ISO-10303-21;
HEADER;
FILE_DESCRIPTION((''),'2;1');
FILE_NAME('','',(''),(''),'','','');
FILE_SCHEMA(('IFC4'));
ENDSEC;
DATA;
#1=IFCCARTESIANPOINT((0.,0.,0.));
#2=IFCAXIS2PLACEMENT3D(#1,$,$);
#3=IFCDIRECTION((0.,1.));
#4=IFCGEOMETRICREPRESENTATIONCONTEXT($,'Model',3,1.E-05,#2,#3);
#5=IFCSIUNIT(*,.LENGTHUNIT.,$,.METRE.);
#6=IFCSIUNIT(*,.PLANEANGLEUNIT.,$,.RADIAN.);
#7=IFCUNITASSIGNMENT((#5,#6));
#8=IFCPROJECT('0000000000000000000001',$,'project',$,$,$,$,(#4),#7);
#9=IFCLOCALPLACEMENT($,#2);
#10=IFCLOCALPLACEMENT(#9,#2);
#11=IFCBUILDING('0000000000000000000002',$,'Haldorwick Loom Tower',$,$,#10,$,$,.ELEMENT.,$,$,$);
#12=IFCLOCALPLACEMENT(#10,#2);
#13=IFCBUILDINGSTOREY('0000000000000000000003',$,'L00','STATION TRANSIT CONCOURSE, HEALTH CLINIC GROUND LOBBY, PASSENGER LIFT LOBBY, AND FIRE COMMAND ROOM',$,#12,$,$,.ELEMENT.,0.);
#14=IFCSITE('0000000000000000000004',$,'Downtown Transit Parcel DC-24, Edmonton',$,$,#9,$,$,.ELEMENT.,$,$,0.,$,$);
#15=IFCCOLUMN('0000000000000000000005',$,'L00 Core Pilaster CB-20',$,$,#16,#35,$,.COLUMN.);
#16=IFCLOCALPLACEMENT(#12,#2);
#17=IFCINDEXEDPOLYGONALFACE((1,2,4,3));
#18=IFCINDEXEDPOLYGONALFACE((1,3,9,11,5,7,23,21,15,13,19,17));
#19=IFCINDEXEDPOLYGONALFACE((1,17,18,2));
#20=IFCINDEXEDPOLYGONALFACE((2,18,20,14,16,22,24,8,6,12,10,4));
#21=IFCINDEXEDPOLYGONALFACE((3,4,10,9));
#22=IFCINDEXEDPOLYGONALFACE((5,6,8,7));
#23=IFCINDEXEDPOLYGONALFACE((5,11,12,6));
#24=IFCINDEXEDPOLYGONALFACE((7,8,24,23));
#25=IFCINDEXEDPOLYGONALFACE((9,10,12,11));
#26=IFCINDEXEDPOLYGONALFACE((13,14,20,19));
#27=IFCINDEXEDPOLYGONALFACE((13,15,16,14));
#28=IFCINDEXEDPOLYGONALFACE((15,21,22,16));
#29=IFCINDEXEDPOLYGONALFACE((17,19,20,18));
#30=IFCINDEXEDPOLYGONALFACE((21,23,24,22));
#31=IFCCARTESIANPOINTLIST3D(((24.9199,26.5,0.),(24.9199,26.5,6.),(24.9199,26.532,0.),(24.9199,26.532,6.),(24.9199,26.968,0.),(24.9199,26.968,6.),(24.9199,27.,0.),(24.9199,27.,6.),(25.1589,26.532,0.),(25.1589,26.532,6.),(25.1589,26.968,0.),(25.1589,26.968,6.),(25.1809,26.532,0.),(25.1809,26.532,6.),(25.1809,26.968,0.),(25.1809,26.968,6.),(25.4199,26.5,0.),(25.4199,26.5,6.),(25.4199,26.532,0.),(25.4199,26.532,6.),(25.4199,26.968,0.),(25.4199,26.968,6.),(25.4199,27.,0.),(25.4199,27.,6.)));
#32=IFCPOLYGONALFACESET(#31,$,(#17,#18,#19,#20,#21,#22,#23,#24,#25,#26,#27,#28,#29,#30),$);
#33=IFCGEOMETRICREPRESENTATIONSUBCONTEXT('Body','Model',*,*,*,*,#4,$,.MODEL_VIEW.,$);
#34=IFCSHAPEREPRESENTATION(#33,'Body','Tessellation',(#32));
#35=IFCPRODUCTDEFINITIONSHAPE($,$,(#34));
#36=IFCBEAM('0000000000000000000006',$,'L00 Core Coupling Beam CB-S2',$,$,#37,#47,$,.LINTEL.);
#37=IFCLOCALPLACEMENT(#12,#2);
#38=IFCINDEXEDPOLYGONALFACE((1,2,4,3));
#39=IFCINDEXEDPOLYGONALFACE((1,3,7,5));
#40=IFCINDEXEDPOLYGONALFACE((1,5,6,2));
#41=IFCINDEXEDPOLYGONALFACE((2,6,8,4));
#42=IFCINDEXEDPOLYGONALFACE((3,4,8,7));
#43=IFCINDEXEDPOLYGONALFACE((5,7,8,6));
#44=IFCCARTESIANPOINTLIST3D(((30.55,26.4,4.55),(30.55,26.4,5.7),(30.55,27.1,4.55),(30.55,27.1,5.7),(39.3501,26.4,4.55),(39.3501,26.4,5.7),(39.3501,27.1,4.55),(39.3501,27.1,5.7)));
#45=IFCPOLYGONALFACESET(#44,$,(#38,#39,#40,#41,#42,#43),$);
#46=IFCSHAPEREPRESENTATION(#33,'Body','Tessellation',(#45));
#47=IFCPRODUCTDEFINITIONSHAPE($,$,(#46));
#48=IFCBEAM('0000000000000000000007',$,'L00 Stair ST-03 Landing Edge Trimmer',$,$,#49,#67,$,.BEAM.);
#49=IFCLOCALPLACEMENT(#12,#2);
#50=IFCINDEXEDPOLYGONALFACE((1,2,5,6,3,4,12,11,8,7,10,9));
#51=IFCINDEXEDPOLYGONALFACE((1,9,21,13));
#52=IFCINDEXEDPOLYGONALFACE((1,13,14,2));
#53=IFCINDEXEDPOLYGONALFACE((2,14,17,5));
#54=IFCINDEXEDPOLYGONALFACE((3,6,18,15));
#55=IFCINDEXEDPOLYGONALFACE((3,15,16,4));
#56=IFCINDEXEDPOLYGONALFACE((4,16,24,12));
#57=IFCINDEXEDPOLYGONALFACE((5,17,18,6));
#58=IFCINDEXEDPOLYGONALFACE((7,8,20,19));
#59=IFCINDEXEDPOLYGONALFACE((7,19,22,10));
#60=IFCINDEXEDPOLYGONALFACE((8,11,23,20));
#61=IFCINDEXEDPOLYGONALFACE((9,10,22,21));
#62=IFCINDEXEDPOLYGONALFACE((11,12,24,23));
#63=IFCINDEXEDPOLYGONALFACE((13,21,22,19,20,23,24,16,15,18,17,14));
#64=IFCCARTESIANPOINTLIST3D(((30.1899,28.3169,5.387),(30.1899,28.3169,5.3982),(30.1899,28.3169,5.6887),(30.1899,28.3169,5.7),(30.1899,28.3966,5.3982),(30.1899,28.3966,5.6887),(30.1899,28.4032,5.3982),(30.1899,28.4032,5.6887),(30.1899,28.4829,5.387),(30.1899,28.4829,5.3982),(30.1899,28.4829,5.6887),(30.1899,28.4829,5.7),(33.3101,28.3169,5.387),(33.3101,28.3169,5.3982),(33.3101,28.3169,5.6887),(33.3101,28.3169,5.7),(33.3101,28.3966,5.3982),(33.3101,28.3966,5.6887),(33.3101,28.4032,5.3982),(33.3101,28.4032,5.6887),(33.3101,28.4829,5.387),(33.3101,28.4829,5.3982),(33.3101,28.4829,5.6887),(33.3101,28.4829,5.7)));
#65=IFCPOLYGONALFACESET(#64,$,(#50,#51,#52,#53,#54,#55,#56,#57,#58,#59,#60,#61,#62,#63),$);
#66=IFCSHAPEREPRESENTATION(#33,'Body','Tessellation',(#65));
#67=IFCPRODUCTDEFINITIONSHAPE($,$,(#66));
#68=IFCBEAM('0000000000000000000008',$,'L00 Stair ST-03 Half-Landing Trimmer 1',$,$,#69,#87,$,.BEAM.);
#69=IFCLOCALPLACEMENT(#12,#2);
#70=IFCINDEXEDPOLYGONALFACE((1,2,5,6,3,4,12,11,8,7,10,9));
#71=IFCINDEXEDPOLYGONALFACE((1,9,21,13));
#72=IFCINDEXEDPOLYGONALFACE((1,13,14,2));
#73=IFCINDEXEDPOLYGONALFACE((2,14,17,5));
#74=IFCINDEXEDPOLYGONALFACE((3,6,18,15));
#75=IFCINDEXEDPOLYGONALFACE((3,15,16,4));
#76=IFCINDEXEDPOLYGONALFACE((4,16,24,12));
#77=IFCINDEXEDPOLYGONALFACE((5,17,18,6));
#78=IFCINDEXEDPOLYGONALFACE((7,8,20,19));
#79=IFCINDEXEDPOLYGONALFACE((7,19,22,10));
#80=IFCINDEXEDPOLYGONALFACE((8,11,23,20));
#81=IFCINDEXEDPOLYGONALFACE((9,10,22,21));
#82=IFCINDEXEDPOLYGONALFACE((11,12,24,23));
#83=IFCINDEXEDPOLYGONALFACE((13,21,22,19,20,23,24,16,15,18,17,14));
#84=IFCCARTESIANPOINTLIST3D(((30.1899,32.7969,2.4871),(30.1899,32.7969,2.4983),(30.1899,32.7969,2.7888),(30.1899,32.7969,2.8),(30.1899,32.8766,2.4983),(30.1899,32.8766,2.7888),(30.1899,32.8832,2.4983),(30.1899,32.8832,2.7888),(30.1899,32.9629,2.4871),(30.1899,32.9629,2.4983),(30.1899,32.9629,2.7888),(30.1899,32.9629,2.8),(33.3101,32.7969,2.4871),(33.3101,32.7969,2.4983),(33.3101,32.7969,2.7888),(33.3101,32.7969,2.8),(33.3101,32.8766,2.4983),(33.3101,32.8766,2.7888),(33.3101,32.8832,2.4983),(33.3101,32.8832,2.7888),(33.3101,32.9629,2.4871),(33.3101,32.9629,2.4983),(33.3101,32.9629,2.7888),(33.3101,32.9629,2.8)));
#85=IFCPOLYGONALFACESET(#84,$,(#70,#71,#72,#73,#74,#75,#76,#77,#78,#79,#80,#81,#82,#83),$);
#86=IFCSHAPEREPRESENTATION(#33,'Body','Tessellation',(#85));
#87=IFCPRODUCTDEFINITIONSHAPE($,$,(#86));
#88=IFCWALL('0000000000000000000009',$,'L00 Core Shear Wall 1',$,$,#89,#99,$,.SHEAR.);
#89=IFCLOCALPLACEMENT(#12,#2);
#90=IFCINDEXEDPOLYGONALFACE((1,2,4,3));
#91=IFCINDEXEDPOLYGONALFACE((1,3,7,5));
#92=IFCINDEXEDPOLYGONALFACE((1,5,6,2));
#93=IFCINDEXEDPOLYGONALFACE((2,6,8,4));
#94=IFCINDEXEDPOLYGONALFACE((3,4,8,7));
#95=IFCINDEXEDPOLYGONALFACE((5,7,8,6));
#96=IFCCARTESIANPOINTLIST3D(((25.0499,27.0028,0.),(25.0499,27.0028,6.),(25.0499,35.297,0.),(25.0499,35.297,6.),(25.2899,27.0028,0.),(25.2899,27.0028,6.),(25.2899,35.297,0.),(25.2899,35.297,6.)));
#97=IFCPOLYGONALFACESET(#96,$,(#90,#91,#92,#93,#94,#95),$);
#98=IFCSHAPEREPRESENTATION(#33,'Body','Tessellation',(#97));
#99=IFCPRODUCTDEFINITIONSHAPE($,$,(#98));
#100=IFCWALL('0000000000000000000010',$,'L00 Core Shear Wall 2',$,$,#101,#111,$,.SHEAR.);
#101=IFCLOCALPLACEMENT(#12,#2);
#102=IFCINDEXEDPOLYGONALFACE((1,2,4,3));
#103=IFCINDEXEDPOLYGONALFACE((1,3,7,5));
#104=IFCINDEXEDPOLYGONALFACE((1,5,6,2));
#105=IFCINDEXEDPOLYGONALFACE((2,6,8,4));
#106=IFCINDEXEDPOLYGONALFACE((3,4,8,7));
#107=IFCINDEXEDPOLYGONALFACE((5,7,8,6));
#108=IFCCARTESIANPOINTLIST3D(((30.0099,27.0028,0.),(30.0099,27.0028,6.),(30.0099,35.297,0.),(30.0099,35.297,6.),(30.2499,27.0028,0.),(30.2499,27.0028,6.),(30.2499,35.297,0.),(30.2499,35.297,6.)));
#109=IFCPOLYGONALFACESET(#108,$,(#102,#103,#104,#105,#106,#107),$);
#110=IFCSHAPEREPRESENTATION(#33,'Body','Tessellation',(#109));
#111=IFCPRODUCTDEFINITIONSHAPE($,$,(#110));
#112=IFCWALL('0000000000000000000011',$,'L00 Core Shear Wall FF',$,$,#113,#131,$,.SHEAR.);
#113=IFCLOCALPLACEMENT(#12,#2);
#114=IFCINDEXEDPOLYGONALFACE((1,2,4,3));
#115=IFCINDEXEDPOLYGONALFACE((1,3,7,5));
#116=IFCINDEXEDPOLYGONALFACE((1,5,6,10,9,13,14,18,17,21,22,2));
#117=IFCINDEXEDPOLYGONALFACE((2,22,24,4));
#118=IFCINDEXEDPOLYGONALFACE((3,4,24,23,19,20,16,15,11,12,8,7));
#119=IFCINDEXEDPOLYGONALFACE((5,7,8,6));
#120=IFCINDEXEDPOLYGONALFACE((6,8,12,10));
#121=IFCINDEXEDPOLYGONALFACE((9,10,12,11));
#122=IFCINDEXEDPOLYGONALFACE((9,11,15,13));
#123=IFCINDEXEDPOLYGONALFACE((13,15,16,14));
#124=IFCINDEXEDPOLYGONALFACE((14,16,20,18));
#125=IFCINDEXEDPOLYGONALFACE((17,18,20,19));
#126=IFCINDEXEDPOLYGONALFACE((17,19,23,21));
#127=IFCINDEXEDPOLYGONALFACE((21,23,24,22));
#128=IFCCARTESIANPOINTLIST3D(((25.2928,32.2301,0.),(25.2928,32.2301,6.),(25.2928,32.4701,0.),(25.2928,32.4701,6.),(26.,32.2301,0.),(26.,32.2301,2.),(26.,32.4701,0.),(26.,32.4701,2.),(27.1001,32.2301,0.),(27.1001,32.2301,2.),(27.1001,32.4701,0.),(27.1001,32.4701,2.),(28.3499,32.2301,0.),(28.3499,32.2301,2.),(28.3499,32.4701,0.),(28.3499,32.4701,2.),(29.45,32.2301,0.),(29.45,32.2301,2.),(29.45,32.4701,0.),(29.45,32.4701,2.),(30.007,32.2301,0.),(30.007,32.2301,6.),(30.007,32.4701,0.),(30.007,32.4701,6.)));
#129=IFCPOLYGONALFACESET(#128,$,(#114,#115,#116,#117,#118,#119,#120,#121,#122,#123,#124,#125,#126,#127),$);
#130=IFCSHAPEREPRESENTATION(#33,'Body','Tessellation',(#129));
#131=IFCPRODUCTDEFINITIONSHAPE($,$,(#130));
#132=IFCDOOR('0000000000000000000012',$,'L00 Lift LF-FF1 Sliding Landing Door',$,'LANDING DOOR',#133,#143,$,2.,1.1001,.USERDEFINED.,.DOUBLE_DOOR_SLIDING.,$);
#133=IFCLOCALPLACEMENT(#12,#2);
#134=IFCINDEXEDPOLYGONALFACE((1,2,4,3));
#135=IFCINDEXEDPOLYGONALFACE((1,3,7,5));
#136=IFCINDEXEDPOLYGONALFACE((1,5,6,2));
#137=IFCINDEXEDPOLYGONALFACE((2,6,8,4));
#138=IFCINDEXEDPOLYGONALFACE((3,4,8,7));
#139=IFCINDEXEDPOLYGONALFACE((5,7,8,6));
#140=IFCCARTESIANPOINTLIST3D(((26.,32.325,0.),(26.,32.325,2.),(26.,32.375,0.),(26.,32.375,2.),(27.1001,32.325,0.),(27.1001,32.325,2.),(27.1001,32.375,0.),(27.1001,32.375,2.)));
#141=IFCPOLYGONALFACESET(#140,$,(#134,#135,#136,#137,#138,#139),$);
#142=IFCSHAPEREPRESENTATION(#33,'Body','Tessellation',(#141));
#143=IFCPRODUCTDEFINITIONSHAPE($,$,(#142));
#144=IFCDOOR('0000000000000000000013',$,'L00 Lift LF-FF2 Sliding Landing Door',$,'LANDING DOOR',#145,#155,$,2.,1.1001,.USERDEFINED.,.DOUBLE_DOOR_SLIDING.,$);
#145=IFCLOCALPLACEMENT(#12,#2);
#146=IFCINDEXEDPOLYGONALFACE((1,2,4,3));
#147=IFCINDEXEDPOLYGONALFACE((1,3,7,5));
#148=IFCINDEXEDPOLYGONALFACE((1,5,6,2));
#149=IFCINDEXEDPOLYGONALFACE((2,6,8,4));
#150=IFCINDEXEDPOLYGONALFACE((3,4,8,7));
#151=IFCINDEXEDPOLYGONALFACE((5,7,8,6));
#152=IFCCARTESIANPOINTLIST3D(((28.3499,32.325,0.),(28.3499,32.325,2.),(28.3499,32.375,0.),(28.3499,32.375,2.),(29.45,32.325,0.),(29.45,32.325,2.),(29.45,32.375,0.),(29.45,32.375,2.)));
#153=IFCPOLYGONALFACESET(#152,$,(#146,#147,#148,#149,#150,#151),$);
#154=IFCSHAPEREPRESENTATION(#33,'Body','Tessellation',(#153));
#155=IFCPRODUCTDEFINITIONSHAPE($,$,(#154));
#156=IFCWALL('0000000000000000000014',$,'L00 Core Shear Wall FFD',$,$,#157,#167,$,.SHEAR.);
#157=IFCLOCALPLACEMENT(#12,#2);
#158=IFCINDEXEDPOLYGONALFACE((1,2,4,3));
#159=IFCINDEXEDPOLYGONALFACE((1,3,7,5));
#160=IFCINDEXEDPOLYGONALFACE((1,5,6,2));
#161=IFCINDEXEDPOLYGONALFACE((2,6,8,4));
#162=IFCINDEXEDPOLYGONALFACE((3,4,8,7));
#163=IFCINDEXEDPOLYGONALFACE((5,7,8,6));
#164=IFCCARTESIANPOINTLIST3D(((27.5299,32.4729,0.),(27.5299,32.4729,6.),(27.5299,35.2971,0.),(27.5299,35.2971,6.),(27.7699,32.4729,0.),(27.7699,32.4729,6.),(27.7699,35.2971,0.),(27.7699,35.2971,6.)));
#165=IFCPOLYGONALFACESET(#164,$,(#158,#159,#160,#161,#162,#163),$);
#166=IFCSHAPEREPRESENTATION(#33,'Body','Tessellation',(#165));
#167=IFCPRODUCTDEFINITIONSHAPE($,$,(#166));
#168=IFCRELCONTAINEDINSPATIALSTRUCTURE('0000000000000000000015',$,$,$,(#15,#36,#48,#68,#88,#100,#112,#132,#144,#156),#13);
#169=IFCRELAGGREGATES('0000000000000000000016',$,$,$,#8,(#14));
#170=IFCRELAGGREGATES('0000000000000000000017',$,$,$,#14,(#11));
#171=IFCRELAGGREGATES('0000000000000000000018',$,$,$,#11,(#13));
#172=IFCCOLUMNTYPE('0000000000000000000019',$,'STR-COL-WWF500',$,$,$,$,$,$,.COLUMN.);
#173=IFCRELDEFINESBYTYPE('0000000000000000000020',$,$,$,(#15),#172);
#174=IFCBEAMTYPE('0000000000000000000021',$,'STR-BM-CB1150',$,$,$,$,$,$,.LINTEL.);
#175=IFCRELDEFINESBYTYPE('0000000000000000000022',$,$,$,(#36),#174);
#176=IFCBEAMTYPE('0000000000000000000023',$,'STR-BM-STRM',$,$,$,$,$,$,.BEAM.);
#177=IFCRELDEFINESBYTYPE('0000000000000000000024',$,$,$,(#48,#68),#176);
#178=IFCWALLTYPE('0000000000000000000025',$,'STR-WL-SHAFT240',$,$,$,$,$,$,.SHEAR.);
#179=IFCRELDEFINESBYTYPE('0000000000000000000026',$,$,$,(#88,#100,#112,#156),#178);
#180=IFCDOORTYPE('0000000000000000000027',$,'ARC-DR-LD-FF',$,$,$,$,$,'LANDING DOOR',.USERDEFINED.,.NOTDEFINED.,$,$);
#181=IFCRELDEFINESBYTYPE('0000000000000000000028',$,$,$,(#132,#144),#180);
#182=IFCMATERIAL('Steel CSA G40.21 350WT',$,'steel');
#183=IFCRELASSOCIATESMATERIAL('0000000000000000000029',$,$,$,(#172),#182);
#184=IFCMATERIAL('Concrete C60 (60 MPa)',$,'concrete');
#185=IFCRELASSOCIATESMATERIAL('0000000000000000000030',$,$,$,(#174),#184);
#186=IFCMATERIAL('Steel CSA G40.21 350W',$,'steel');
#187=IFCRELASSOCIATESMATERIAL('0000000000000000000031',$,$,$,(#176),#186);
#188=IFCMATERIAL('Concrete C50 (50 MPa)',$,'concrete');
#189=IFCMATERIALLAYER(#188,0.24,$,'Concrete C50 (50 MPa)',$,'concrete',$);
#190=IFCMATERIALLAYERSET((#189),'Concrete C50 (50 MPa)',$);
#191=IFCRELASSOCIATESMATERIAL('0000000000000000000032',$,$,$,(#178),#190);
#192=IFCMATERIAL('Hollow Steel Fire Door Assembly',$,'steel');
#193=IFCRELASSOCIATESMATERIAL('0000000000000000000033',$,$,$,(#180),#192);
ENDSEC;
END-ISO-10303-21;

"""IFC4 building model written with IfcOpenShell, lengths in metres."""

from ifc_helpers import new_model, si_unit, direction, frame, frame_2d, origin, origin_2d, place, context, subcontext, project, spatial, rectangle, i_section, extrude, material, layer, layer_set, material_profile, profile_set, type_object, element, fill, save


model = new_model("IFC4")

# Units and contexts
model_context = context("Model", 3, precision=1e-05, world=origin(), true_north=direction((0.0, 1.0)))
body_context = subcontext(model_context, "Body", "Model", "MODEL_VIEW")
ifc_project = project(units=[si_unit("LENGTHUNIT", "METRE"), si_unit("PLANEANGLEUNIT", "RADIAN")], contexts=[model_context])

# Site, building, storey
site_placement = place(None, origin())
site = spatial("IfcSite", under=ifc_project, at=site_placement, Name="Downtown Transit Parcel DC-24, Edmonton", CompositionType="ELEMENT", RefElevation=0.0)
building_placement = place(site_placement, origin())
building = spatial("IfcBuilding", under=site, at=building_placement, Name="Haldorwick Loom Tower", CompositionType="ELEMENT")
storey_placement = place(building_placement, origin())
storey = spatial("IfcBuildingStorey", under=building, at=storey_placement, Name="L00", Description="STATION TRANSIT CONCOURSE, HEALTH CLINIC GROUND LOBBY, PASSENGER LIFT LOBBY, AND FIRE COMMAND ROOM", CompositionType="ELEMENT", Elevation=0.0)

# Column
ifc_material_1 = material(Name="Steel CSA G40.21 350WT", Category="steel")
ifc_material_profile_1 = material_profile(ifc_material_1, i_section(OverallWidth=0.5, OverallDepth=0.5, WebThickness=0.022, FlangeThickness=0.032, at=origin_2d()), Name="WWF500X500", Category="steel")
ifc_profile_set_1 = profile_set([ifc_material_profile_1], Name="Steel CSA G40.21 350WT")
column_type = type_object("IfcColumnType", Name="STR-COL-WWF500", PredefinedType="COLUMN", material=ifc_profile_set_1)
column_placement = place(storey_placement, frame((25.1699, 26.75, 0.0), z_axis=(0.0, 0.0, 1.0), x_axis=(1.0, 0.0, 0.0)))
element("IfcColumn", 1, at=column_placement, inside=storey, type_object=column_type, Name="L00 Core Pilaster CB-20", PredefinedType="COLUMN", context=body_context, shape_type="SweptSolid", body=[
    extrude(i_section(OverallWidth=0.5, OverallDepth=0.5, WebThickness=0.022, FlangeThickness=0.032, at=origin_2d()), origin(), (0.0, 0.0, 1.0), 6.0),
])

# Beams
ifc_material_2 = material(Name="Concrete C60 (60 MPa)", Category="concrete")
ifc_material_profile_2 = material_profile(ifc_material_2, rectangle(XDim=0.7, YDim=1.1499, at=origin_2d()), Name="RC700X1150", Category="concrete")
ifc_profile_set_2 = profile_set([ifc_material_profile_2], Name="Concrete C60 (60 MPa)")
beam_type_1 = type_object("IfcBeamType", Name="STR-BM-CB1150", PredefinedType="LINTEL", material=ifc_profile_set_2)
beam_placement = place(storey_placement, frame((30.55, 26.75, 5.125), z_axis=(1.0, 0.0, 0.0), x_axis=(0.0, 1.0, 0.0)))
element("IfcBeam", 2, at=beam_placement, inside=storey, type_object=beam_type_1, Name="L00 Core Coupling Beam CB-S2", PredefinedType="LINTEL", context=body_context, shape_type="SweptSolid", body=[
    extrude(rectangle(XDim=0.7, YDim=1.1499, at=origin_2d()), origin(), (0.0, 0.0, 1.0), 8.8),
])
ifc_material_3 = material(Name="Steel CSA G40.21 350W", Category="steel")
ifc_material_profile_3 = material_profile(ifc_material_3, i_section(OverallWidth=0.166, OverallDepth=0.313, WebThickness=0.0066, FlangeThickness=0.0112, at=origin_2d()), Name="W310X45", Category="steel")
ifc_profile_set_3 = profile_set([ifc_material_profile_3], Name="Steel CSA G40.21 350W")
beam_type_2 = type_object("IfcBeamType", Name="STR-BM-STRM", PredefinedType="BEAM", material=ifc_profile_set_3)
for number, where, z_axis, x_axis, name in (
    (3, (30.1899, 28.3999, 5.5435), (1.0, 0.0, 0.0), (0.0, 1.0, 0.0), "L00 Stair ST-03 Landing Edge Trimmer"),
    (4, (30.1899, 32.8799, 2.6436), (1.0, 0.0, 0.0), (0.0, 1.0, 0.0), "L00 Stair ST-03 Half-Landing Trimmer 1"),
):
    element("IfcBeam", number, at=place(storey_placement, frame(where, z_axis=z_axis, x_axis=x_axis)), inside=storey, type_object=beam_type_2, Name=name, PredefinedType="BEAM", context=body_context, shape_type="SweptSolid", body=[
        extrude(i_section(OverallWidth=0.166, OverallDepth=0.313, WebThickness=0.0066, FlangeThickness=0.0112, at=origin_2d()), origin(), (0.0, 0.0, 1.0), 3.1201),
    ])

# Walls
ifc_material_4 = material(Name="Concrete C50 (50 MPa)", Category="concrete")
ifc_layer = layer(ifc_material_4, 0.24, Name="Concrete C50 (50 MPa)", Category="concrete")
ifc_layer_set = layer_set([ifc_layer], Name="Concrete C50 (50 MPa)")
wall_type = type_object("IfcWallType", Name="STR-WL-SHAFT240", PredefinedType="SHEAR", material=ifc_layer_set)
for number, where, z_axis, x_axis, name in (
    (5, (25.1699, 27.0029, 0.0), (0.0, 0.0, 1.0), (0.0, 1.0, 0.0), "L00 Core Shear Wall 1"),
    (6, (30.1299, 27.0029, 0.0), (0.0, 0.0, 1.0), (0.0, 1.0, 0.0), "L00 Core Shear Wall 2"),
):
    element("IfcWall", number, at=place(storey_placement, frame(where, z_axis=z_axis, x_axis=x_axis)), inside=storey, type_object=wall_type, Name=name, PredefinedType="SHEAR", context=body_context, shape_type="SweptSolid", body=[
        extrude(rectangle(XDim=8.2942, YDim=0.24, at=frame_2d((4.147, 0.0))), origin(), (0.0, 0.0, 1.0), 6.0),
    ])

# Wall, openings, doors
wall_1_placement = place(storey_placement, frame((25.293, 32.3501, 0.0), z_axis=(0.0, 0.0, 1.0), x_axis=(1.0, 0.0, 0.0)))
wall_1 = element("IfcWall", 7, at=wall_1_placement, inside=storey, type_object=wall_type, Name="L00 Core Shear Wall FF", PredefinedType="SHEAR", context=body_context, shape_type="SweptSolid", body=[
    extrude(rectangle(XDim=4.7141, YDim=0.24, at=frame_2d((2.3569, 0.0))), origin(), (0.0, 0.0, 1.0), 6.0),
])
opening_1_placement = place(wall_1_placement, frame((0.707, 0.0, 0.0)))
opening_1 = element("IfcOpeningElement", 8, at=opening_1_placement, cuts=wall_1, PredefinedType="OPENING", context=body_context, shape_type="SweptSolid", body=[
    extrude(rectangle(XDim=1.1001, YDim=2.0, at=frame_2d((0.55, 1.0))), frame((0.0, 0.1299, 0.0), z_axis=(0.0, -1.0, 0.0), x_axis=(1.0, 0.0, 0.0)), (0.0, 0.0, 1.0), 0.26),
])
opening_2_placement = place(wall_1_placement, frame((3.0569, 0.0, 0.0)))
opening_2 = element("IfcOpeningElement", 9, at=opening_2_placement, cuts=wall_1, PredefinedType="OPENING", context=body_context, shape_type="SweptSolid", body=[
    extrude(rectangle(XDim=1.1001, YDim=2.0, at=frame_2d((0.55, 1.0))), frame((0.0, 0.1299, 0.0), z_axis=(0.0, -1.0, 0.0), x_axis=(1.0, 0.0, 0.0)), (0.0, 0.0, 1.0), 0.26),
])
ifc_material_5 = material(Name="Hollow Steel Fire Door Assembly", Category="steel")
door_type = type_object("IfcDoorType", Name="ARC-DR-LD-FF", ElementType="LANDING DOOR", OperationType="NOTDEFINED", PredefinedType="USERDEFINED", material=ifc_material_5)
door_1_placement = place(opening_1_placement, origin())
door_1 = element("IfcDoor", 10, at=door_1_placement, inside=storey, type_object=door_type, Name="L00 Lift LF-FF1 Sliding Landing Door", ObjectType="LANDING DOOR", OperationType="DOUBLE_DOOR_SLIDING", OverallHeight=2.0, OverallWidth=1.1001, PredefinedType="USERDEFINED", context=body_context, shape_type="SweptSolid", body=[
    extrude(rectangle(XDim=1.1001, YDim=2.0, at=frame_2d((0.55, 1.0))), frame((0.0, 0.0249, 0.0), z_axis=(0.0, -1.0, 0.0), x_axis=(1.0, 0.0, 0.0)), (0.0, 0.0, 1.0), 0.05),
])
fill(opening_1, door_1)
door_2_placement = place(opening_2_placement, origin())
door_2 = element("IfcDoor", 11, at=door_2_placement, inside=storey, type_object=door_type, Name="L00 Lift LF-FF2 Sliding Landing Door", ObjectType="LANDING DOOR", OperationType="DOUBLE_DOOR_SLIDING", OverallHeight=2.0, OverallWidth=1.1001, PredefinedType="USERDEFINED", context=body_context, shape_type="SweptSolid", body=[
    extrude(rectangle(XDim=1.1001, YDim=2.0, at=frame_2d((0.55, 1.0))), frame((0.0, 0.0249, 0.0), z_axis=(0.0, -1.0, 0.0), x_axis=(1.0, 0.0, 0.0)), (0.0, 0.0, 1.0), 0.05),
])
fill(opening_2, door_2)

# Wall
wall_2_placement = place(storey_placement, frame((27.6499, 32.4729, 0.0), z_axis=(0.0, 0.0, 1.0), x_axis=(0.0, 1.0, 0.0)))
element("IfcWall", 12, at=wall_2_placement, inside=storey, type_object=wall_type, Name="L00 Core Shear Wall FFD", PredefinedType="SHEAR", context=body_context, shape_type="SweptSolid", body=[
    extrude(rectangle(XDim=2.8242, YDim=0.24, at=frame_2d((1.4121, 0.0))), origin(), (0.0, 0.0, 1.0), 6.0),
])

save(model, "model.ifc")
